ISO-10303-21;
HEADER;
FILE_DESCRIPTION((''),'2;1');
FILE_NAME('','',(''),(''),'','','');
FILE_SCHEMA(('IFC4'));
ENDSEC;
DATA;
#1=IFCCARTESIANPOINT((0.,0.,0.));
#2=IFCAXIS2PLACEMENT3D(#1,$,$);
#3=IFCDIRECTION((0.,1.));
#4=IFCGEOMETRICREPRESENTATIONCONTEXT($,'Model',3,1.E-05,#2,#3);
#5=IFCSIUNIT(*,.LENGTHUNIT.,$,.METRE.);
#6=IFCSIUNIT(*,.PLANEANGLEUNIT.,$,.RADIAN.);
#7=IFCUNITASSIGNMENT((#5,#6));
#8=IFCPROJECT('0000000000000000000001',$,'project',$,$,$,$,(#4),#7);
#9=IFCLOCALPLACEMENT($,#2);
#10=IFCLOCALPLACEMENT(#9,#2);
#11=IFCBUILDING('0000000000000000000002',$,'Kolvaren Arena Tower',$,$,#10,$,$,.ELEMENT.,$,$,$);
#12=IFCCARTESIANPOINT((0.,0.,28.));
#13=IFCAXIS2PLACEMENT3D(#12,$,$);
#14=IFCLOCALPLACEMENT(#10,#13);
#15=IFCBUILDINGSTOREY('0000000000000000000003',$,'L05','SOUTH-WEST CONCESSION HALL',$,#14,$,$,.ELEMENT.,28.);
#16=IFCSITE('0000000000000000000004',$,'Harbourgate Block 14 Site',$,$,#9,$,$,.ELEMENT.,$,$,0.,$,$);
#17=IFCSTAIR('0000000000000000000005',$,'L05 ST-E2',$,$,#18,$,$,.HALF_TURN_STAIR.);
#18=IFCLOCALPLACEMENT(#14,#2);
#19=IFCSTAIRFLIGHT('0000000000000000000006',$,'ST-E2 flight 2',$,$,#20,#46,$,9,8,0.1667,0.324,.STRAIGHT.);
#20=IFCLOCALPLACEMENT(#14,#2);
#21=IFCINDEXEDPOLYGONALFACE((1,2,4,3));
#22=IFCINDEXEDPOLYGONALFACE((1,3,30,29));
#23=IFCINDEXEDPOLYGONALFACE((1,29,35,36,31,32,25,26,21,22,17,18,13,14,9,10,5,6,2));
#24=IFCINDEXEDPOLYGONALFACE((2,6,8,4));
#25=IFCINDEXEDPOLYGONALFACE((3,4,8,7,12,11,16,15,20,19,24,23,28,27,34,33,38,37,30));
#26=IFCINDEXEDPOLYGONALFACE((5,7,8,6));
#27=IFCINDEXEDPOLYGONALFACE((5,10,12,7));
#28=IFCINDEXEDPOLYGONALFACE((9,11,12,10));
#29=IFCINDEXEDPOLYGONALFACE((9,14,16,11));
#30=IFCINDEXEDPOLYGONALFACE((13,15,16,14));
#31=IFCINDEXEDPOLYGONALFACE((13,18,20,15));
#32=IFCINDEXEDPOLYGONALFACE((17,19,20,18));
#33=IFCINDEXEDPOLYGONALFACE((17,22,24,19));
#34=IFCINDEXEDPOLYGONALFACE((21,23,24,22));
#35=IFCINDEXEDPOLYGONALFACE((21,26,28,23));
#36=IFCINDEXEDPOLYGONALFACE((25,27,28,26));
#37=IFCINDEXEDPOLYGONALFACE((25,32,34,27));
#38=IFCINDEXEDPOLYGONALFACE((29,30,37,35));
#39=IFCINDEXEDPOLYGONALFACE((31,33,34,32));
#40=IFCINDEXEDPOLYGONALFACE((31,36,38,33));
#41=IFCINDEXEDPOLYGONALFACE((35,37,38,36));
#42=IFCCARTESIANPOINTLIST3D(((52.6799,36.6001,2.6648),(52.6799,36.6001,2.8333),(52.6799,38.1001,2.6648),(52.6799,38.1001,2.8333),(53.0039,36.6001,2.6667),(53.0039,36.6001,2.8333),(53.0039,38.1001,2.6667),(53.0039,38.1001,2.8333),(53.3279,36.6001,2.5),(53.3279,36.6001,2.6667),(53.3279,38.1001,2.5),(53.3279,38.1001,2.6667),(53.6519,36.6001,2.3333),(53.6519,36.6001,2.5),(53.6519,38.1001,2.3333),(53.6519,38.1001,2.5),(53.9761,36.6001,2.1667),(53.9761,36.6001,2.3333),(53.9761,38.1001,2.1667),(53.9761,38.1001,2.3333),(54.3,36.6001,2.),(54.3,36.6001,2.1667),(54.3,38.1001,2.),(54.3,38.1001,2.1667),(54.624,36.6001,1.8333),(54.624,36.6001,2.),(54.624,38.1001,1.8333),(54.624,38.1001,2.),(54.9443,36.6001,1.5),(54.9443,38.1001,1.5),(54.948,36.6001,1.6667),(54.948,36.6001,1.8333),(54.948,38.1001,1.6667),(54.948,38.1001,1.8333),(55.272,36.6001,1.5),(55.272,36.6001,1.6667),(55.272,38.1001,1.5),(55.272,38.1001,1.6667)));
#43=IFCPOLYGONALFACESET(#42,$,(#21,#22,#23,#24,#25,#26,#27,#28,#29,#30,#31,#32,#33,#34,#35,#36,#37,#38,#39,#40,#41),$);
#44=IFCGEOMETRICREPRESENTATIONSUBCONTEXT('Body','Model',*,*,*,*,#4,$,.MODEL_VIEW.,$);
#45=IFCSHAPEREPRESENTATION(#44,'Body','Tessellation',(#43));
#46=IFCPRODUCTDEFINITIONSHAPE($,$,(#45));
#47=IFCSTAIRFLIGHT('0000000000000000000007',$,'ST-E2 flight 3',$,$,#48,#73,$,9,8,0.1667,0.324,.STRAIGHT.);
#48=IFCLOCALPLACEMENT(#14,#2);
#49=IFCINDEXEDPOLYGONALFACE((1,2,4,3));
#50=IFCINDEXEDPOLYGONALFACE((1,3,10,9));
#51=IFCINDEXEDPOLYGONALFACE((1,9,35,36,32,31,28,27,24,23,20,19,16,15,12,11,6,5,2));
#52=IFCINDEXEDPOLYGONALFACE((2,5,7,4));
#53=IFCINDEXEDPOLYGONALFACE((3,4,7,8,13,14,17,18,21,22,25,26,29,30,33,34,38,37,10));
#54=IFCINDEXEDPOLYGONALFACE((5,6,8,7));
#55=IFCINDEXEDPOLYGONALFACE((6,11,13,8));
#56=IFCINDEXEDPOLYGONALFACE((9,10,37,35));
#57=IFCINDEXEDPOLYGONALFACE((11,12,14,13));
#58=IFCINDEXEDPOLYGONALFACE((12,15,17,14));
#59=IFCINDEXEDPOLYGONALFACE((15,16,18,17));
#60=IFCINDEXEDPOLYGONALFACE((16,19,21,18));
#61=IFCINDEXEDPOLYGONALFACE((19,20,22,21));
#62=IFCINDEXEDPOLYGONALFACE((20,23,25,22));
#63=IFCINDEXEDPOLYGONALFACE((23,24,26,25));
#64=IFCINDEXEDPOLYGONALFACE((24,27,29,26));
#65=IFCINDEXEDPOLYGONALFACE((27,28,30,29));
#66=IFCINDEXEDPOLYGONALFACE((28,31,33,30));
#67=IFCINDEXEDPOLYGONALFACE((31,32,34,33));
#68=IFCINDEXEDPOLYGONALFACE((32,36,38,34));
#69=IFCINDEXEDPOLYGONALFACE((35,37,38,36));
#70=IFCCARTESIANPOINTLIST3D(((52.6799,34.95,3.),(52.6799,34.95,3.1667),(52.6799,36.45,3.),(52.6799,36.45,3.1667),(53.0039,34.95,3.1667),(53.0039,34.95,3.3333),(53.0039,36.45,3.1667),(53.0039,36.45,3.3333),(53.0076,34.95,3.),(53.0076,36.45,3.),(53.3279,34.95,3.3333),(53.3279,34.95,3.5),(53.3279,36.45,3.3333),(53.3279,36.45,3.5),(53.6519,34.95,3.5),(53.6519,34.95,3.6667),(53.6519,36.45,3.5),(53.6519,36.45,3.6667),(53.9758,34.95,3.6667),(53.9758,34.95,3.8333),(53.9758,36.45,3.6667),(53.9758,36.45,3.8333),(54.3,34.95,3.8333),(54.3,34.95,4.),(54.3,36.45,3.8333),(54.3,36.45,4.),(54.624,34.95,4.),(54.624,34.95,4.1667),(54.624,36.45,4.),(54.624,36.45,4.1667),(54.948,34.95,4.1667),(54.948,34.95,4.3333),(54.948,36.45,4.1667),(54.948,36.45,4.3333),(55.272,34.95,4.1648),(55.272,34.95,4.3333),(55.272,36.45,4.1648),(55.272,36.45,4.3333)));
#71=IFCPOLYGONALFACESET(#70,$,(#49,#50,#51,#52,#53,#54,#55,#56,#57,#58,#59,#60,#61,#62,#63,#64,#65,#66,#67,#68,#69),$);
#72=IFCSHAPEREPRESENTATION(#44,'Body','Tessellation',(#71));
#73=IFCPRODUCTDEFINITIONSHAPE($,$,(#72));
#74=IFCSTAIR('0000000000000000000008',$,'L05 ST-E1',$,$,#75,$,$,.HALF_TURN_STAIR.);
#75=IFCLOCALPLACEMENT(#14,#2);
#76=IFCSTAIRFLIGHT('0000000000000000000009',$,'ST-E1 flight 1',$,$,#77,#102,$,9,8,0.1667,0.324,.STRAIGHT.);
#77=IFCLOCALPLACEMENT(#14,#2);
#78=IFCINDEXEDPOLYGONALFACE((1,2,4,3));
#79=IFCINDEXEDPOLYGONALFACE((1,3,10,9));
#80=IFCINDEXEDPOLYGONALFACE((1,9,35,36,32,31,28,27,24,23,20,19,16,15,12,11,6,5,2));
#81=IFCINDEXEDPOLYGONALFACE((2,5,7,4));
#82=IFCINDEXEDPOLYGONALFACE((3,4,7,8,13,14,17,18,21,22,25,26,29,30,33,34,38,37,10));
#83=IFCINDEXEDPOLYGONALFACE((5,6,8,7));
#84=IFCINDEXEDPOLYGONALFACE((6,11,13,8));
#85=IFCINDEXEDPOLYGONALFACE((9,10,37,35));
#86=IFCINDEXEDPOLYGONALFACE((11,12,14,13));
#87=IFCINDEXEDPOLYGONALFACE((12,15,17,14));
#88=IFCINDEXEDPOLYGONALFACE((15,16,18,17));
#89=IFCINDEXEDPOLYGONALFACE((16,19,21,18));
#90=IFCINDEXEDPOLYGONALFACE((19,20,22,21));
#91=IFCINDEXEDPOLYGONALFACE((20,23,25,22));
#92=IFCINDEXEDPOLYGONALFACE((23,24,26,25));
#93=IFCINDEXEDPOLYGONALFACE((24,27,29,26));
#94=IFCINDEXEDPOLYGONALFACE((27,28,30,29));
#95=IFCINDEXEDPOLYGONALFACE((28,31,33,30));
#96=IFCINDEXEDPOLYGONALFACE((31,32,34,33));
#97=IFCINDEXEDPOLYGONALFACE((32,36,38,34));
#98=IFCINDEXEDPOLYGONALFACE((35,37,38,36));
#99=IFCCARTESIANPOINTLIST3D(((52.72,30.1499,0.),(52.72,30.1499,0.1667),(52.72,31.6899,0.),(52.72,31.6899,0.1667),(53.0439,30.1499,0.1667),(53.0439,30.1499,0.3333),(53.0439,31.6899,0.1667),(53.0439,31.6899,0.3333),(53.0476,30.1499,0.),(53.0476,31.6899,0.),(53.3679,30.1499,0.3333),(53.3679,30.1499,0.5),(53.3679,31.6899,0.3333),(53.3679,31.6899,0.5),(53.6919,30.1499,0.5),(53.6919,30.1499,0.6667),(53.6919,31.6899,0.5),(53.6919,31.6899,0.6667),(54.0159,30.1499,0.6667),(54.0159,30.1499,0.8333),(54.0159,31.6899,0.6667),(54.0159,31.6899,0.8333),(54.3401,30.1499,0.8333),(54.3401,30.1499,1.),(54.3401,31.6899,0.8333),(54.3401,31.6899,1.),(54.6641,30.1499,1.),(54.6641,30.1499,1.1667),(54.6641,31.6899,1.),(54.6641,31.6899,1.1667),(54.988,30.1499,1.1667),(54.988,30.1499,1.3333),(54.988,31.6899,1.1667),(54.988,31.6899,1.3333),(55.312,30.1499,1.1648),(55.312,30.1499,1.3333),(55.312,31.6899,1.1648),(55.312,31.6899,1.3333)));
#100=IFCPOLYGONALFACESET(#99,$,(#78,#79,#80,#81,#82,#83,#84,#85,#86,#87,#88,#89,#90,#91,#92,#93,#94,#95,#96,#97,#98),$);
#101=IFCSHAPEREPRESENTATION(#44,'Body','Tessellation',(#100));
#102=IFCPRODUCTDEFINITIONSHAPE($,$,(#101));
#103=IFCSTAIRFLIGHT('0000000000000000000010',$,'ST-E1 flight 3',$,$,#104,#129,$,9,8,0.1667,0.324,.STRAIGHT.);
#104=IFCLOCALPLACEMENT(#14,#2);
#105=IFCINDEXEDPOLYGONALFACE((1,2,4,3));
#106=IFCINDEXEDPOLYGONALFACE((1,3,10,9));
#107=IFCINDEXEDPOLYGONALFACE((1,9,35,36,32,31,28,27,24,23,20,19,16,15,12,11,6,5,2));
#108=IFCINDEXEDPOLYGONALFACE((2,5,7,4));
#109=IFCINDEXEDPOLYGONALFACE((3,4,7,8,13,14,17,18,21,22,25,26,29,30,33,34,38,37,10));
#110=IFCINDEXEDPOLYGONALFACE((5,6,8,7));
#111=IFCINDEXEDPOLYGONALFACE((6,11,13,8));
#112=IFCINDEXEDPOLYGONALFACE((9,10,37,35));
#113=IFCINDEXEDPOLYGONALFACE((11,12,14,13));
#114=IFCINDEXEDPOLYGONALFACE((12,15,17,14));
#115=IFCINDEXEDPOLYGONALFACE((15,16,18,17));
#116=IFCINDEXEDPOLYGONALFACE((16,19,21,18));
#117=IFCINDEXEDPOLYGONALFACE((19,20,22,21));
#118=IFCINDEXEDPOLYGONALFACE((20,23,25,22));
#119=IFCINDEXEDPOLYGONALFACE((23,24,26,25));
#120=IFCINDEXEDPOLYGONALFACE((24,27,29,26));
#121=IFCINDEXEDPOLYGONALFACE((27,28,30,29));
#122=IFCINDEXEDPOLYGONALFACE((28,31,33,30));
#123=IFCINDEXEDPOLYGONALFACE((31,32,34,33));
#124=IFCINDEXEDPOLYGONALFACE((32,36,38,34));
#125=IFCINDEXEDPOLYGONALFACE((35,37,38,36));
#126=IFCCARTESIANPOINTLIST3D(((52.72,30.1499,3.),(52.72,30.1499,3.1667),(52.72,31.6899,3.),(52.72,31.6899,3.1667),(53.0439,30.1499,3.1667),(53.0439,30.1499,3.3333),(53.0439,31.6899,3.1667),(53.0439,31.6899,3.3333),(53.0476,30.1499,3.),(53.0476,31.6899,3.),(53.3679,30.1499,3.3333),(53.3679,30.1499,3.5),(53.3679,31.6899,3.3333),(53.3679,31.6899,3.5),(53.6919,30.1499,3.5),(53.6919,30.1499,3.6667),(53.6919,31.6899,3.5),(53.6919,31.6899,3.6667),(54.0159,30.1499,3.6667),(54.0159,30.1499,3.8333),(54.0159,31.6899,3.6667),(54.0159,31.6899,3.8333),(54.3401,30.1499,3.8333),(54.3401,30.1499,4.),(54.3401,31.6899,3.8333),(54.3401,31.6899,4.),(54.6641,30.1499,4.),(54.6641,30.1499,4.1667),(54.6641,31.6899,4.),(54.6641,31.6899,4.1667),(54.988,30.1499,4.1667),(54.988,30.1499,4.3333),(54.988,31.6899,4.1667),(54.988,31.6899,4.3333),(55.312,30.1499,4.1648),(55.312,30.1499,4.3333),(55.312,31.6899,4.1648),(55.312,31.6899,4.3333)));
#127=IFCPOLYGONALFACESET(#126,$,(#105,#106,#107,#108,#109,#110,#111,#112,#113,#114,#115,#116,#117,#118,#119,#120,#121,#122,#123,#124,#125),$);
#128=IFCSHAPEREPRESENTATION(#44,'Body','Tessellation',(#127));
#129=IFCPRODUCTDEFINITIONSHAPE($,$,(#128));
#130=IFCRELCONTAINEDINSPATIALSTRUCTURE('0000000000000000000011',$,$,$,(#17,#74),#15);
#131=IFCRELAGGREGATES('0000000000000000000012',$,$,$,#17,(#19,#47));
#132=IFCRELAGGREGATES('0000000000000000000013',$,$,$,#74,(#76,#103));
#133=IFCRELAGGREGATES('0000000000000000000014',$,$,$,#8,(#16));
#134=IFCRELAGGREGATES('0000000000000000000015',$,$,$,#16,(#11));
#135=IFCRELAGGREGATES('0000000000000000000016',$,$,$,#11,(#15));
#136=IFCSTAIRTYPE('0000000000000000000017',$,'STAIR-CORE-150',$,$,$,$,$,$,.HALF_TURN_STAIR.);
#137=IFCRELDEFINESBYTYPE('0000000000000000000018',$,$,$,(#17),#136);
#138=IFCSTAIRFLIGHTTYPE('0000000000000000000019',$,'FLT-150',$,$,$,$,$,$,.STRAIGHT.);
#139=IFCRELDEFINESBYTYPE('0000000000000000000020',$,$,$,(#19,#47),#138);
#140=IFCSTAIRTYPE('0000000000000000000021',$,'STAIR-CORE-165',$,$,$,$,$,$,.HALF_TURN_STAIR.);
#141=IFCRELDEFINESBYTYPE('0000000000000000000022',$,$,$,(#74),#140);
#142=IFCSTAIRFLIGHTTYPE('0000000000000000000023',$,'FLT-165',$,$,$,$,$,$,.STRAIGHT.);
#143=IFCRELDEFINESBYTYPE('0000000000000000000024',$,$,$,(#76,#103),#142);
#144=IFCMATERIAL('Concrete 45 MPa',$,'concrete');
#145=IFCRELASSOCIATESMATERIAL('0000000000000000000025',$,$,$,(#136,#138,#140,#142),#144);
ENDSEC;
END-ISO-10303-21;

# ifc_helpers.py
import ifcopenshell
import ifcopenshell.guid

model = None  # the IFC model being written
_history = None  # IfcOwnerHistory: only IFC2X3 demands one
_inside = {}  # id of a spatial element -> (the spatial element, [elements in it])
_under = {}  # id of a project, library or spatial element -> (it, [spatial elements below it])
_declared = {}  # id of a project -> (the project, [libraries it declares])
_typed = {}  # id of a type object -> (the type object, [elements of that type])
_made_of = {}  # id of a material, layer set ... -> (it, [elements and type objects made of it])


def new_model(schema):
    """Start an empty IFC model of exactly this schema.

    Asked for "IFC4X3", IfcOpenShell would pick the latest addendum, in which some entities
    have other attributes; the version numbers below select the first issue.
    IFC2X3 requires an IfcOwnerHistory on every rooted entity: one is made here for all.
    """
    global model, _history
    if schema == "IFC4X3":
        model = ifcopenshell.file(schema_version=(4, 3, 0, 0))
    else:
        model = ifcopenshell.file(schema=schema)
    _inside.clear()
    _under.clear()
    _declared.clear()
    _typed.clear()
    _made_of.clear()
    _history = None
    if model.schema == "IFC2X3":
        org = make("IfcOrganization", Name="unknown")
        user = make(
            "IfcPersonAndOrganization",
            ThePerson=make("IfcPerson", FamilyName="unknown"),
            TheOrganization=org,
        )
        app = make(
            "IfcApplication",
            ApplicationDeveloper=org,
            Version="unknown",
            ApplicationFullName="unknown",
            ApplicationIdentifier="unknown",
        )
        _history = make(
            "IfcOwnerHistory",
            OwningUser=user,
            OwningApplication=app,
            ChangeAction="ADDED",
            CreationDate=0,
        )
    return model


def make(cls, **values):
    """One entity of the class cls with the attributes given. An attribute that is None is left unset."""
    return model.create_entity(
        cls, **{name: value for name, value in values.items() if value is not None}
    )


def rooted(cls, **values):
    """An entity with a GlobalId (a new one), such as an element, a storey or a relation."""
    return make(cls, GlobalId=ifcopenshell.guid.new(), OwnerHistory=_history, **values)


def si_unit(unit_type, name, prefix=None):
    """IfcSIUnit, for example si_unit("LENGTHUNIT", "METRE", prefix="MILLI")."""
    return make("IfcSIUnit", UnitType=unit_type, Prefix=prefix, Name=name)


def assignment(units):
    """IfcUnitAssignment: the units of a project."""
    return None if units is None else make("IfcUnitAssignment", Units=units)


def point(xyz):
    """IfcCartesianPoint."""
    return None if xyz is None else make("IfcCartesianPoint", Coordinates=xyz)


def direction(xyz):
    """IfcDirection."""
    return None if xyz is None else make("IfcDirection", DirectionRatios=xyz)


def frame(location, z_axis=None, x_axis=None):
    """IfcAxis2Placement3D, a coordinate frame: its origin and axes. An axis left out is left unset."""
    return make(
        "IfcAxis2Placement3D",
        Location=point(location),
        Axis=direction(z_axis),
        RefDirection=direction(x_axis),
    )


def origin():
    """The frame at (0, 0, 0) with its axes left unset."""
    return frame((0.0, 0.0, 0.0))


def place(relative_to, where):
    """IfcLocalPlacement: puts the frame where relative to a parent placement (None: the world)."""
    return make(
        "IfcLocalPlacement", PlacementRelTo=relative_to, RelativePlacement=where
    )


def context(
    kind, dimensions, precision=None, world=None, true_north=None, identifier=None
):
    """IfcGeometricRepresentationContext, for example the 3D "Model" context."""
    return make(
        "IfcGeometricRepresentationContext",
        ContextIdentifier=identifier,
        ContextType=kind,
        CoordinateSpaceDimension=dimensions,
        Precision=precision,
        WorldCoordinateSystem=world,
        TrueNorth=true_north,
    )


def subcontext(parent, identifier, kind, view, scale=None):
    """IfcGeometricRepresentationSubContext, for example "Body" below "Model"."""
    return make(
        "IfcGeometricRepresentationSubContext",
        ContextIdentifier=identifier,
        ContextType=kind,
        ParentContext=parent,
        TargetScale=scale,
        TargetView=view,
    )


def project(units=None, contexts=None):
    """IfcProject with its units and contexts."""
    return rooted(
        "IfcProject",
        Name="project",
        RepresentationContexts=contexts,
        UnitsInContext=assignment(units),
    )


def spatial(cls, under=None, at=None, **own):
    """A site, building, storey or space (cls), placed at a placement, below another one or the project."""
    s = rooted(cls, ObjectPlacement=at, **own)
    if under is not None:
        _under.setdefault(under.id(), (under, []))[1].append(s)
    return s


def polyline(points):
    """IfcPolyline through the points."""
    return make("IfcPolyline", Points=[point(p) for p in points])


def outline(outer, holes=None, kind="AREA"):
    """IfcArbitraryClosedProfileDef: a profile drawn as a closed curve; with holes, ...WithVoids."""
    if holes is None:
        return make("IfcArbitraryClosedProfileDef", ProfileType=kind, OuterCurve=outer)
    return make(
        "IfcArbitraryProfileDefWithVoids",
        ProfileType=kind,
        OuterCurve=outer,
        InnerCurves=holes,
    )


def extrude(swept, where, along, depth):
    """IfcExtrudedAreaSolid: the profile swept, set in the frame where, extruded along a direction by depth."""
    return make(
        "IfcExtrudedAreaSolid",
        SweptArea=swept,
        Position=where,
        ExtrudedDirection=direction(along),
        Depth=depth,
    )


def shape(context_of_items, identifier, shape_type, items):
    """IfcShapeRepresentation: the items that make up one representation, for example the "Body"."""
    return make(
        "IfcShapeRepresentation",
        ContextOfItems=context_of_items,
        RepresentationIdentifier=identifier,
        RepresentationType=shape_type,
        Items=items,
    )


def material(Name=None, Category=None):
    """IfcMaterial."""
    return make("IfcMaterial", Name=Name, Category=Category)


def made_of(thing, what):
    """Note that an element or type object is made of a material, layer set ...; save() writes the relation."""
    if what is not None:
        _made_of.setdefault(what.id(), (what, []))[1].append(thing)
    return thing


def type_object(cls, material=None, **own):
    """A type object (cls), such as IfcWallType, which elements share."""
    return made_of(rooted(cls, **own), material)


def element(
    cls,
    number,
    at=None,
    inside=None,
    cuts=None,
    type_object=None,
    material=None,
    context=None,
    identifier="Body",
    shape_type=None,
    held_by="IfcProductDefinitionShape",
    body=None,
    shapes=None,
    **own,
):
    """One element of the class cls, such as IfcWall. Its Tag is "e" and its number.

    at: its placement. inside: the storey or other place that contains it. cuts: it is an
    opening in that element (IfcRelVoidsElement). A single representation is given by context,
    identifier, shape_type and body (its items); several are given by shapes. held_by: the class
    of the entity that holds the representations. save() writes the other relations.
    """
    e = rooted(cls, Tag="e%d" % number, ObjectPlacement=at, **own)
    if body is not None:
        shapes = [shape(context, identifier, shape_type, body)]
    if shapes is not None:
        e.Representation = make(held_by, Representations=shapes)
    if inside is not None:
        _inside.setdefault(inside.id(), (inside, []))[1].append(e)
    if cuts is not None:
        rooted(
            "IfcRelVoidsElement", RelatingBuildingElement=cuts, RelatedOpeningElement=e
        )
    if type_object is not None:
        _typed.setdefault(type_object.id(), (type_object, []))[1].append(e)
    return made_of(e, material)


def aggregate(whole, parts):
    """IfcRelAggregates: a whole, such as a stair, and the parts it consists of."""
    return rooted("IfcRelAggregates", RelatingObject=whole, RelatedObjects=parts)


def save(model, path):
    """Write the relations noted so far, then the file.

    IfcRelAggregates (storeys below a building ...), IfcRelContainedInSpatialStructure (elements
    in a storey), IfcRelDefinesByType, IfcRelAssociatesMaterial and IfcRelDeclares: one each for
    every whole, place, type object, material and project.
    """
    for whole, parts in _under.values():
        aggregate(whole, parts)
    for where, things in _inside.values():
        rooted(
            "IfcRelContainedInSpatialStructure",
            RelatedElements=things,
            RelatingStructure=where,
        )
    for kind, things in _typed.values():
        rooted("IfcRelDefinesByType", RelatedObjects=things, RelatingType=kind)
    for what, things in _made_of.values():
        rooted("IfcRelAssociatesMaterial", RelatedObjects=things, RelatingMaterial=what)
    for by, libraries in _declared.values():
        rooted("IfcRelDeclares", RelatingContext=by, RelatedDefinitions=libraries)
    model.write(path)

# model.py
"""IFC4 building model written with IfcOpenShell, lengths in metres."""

from ifc_helpers import new_model, si_unit, direction, frame, origin, place, context, subcontext, project, spatial, polyline, outline, extrude, material, type_object, element, aggregate, save


model = new_model("IFC4")

# Units and contexts
model_context = context("Model", 3, precision=1e-05, world=origin(), true_north=direction((0.0, 1.0)))
body_context = subcontext(model_context, "Body", "Model", "MODEL_VIEW")
ifc_project = project(units=[si_unit("LENGTHUNIT", "METRE"), si_unit("PLANEANGLEUNIT", "RADIAN")], contexts=[model_context])

# Site, building, storey
site_placement = place(None, origin())
site = spatial("IfcSite", under=ifc_project, at=site_placement, Name="Harbourgate Block 14 Site", CompositionType="ELEMENT", RefElevation=0.0)
building_placement = place(site_placement, origin())
building = spatial("IfcBuilding", under=site, at=building_placement, Name="Kolvaren Arena Tower", CompositionType="ELEMENT")
storey_placement = place(building_placement, frame((0.0, 0.0, 28.0)))
storey = spatial("IfcBuildingStorey", under=building, at=storey_placement, Name="L05", Description="SOUTH-WEST CONCESSION HALL", CompositionType="ELEMENT", Elevation=28.0)

# Shared definitions
ifc_material_1 = material(Name="Concrete 45 MPa", Category="concrete")

# Stairs, stair flights
stair_type_1 = type_object("IfcStairType", Name="STAIR-CORE-150", PredefinedType="HALF_TURN_STAIR", material=ifc_material_1)
stair_1_placement = place(storey_placement, origin())
stair_1 = element("IfcStair", 1, at=stair_1_placement, inside=storey, type_object=stair_type_1, Name="L05 ST-E2", PredefinedType="HALF_TURN_STAIR")
stair_flight_type_1 = type_object("IfcStairFlightType", Name="FLT-150", PredefinedType="STRAIGHT", material=ifc_material_1)
stair_flight_1_placement = place(storey_placement, frame((55.272, 37.3501, 1.5), z_axis=(0.0, 0.0, 1.0), x_axis=(-1.0, 0.0, 0.0)))
stair_flight_1 = element("IfcStairFlight", 2, at=stair_flight_1_placement, type_object=stair_flight_type_1, Name="ST-E2 flight 2", NumberOfRisers=9, NumberOfTreads=8, PredefinedType="STRAIGHT", RiserHeight=0.1667, TreadLength=0.324, context=body_context, shape_type="SweptSolid", body=[
    extrude(outline(polyline([(0.0, 0.0), (0.0, 0.1667), (0.324, 0.1667), (0.324, 0.3333), (0.6479, 0.3333), (0.6479, 0.5), (0.9719, 0.5), (0.9719, 0.6667), (1.2959, 0.6667), (1.2959, 0.8333), (1.6201, 0.8333), (1.6201, 1.0), (1.9441, 1.0), (1.9441, 1.1667), (2.2681, 1.1667), (2.2681, 1.3333), (2.592, 1.3333), (2.592, 1.5), (2.592, 1.1648), (0.3276, 0.0), (0.0, 0.0)])), frame((0.0, 0.75, 0.0), z_axis=(0.0, -1.0, 0.0), x_axis=(1.0, 0.0, 0.0)), (0.0, 0.0, 1.0), 1.5),
])
stair_flight_2_placement = place(storey_placement, frame((52.6799, 35.7, 3.0), z_axis=(0.0, 0.0, 1.0), x_axis=(1.0, 0.0, 0.0)))
stair_flight_2 = element("IfcStairFlight", 3, at=stair_flight_2_placement, type_object=stair_flight_type_1, Name="ST-E2 flight 3", NumberOfRisers=9, NumberOfTreads=8, PredefinedType="STRAIGHT", RiserHeight=0.1667, TreadLength=0.324, context=body_context, shape_type="SweptSolid", body=[
    extrude(outline(polyline([(0.0, 0.0), (0.0, 0.1667), (0.324, 0.1667), (0.324, 0.3333), (0.6479, 0.3333), (0.6479, 0.5), (0.9719, 0.5), (0.9719, 0.6667), (1.2959, 0.6667), (1.2959, 0.8333), (1.6201, 0.8333), (1.6201, 1.0), (1.9441, 1.0), (1.9441, 1.1667), (2.2681, 1.1667), (2.2681, 1.3333), (2.592, 1.3333), (2.592, 1.5), (2.592, 1.1648), (0.3276, 0.0), (0.0, 0.0)])), frame((0.0, 0.75, 0.0), z_axis=(0.0, -1.0, 0.0), x_axis=(1.0, 0.0, 0.0)), (0.0, 0.0, 1.0), 1.5),
])
aggregate(stair_1, [stair_flight_1, stair_flight_2])
stair_type_2 = type_object("IfcStairType", Name="STAIR-CORE-165", PredefinedType="HALF_TURN_STAIR", material=ifc_material_1)
stair_2_placement = place(storey_placement, origin())
stair_2 = element("IfcStair", 4, at=stair_2_placement, inside=storey, type_object=stair_type_2, Name="L05 ST-E1", PredefinedType="HALF_TURN_STAIR")
stair_flight_type_2 = type_object("IfcStairFlightType", Name="FLT-165", PredefinedType="STRAIGHT", material=ifc_material_1)
stair_flight_3_placement = place(storey_placement, frame((52.72, 30.9199, 0.0), z_axis=(0.0, 0.0, 1.0), x_axis=(1.0, 0.0, 0.0)))
stair_flight_3 = element("IfcStairFlight", 5, at=stair_flight_3_placement, type_object=stair_flight_type_2, Name="ST-E1 flight 1", NumberOfRisers=9, NumberOfTreads=8, PredefinedType="STRAIGHT", RiserHeight=0.1667, TreadLength=0.324, context=body_context, shape_type="SweptSolid", body=[
    extrude(outline(polyline([(0.0, 0.0), (0.0, 0.1667), (0.324, 0.1667), (0.324, 0.3333), (0.6479, 0.3333), (0.6479, 0.5), (0.9719, 0.5), (0.9719, 0.6667), (1.2959, 0.6667), (1.2959, 0.8333), (1.6201, 0.8333), (1.6201, 1.0), (1.9441, 1.0), (1.9441, 1.1667), (2.2681, 1.1667), (2.2681, 1.3333), (2.592, 1.3333), (2.592, 1.5), (2.592, 1.1648), (0.3276, 0.0), (0.0, 0.0)])), frame((0.0, 0.77, 0.0), z_axis=(0.0, -1.0, 0.0), x_axis=(1.0, 0.0, 0.0)), (0.0, 0.0, 1.0), 1.54),
])
stair_flight_4_placement = place(storey_placement, frame((52.72, 30.9199, 3.0), z_axis=(0.0, 0.0, 1.0), x_axis=(1.0, 0.0, 0.0)))
stair_flight_4 = element("IfcStairFlight", 6, at=stair_flight_4_placement, type_object=stair_flight_type_2, Name="ST-E1 flight 3", NumberOfRisers=9, NumberOfTreads=8, PredefinedType="STRAIGHT", RiserHeight=0.1667, TreadLength=0.324, context=body_context, shape_type="SweptSolid", body=[
    extrude(outline(polyline([(0.0, 0.0), (0.0, 0.1667), (0.324, 0.1667), (0.324, 0.3333), (0.6479, 0.3333), (0.6479, 0.5), (0.9719, 0.5), (0.9719, 0.6667), (1.2959, 0.6667), (1.2959, 0.8333), (1.6201, 0.8333), (1.6201, 1.0), (1.9441, 1.0), (1.9441, 1.1667), (2.2681, 1.1667), (2.2681, 1.3333), (2.592, 1.3333), (2.592, 1.5), (2.592, 1.1648), (0.3276, 0.0), (0.0, 0.0)])), frame((0.0, 0.77, 0.0), z_axis=(0.0, -1.0, 0.0), x_axis=(1.0, 0.0, 0.0)), (0.0, 0.0, 1.0), 1.54),
])
aggregate(stair_2, [stair_flight_3, stair_flight_4])

save(model, "model.ifc")
